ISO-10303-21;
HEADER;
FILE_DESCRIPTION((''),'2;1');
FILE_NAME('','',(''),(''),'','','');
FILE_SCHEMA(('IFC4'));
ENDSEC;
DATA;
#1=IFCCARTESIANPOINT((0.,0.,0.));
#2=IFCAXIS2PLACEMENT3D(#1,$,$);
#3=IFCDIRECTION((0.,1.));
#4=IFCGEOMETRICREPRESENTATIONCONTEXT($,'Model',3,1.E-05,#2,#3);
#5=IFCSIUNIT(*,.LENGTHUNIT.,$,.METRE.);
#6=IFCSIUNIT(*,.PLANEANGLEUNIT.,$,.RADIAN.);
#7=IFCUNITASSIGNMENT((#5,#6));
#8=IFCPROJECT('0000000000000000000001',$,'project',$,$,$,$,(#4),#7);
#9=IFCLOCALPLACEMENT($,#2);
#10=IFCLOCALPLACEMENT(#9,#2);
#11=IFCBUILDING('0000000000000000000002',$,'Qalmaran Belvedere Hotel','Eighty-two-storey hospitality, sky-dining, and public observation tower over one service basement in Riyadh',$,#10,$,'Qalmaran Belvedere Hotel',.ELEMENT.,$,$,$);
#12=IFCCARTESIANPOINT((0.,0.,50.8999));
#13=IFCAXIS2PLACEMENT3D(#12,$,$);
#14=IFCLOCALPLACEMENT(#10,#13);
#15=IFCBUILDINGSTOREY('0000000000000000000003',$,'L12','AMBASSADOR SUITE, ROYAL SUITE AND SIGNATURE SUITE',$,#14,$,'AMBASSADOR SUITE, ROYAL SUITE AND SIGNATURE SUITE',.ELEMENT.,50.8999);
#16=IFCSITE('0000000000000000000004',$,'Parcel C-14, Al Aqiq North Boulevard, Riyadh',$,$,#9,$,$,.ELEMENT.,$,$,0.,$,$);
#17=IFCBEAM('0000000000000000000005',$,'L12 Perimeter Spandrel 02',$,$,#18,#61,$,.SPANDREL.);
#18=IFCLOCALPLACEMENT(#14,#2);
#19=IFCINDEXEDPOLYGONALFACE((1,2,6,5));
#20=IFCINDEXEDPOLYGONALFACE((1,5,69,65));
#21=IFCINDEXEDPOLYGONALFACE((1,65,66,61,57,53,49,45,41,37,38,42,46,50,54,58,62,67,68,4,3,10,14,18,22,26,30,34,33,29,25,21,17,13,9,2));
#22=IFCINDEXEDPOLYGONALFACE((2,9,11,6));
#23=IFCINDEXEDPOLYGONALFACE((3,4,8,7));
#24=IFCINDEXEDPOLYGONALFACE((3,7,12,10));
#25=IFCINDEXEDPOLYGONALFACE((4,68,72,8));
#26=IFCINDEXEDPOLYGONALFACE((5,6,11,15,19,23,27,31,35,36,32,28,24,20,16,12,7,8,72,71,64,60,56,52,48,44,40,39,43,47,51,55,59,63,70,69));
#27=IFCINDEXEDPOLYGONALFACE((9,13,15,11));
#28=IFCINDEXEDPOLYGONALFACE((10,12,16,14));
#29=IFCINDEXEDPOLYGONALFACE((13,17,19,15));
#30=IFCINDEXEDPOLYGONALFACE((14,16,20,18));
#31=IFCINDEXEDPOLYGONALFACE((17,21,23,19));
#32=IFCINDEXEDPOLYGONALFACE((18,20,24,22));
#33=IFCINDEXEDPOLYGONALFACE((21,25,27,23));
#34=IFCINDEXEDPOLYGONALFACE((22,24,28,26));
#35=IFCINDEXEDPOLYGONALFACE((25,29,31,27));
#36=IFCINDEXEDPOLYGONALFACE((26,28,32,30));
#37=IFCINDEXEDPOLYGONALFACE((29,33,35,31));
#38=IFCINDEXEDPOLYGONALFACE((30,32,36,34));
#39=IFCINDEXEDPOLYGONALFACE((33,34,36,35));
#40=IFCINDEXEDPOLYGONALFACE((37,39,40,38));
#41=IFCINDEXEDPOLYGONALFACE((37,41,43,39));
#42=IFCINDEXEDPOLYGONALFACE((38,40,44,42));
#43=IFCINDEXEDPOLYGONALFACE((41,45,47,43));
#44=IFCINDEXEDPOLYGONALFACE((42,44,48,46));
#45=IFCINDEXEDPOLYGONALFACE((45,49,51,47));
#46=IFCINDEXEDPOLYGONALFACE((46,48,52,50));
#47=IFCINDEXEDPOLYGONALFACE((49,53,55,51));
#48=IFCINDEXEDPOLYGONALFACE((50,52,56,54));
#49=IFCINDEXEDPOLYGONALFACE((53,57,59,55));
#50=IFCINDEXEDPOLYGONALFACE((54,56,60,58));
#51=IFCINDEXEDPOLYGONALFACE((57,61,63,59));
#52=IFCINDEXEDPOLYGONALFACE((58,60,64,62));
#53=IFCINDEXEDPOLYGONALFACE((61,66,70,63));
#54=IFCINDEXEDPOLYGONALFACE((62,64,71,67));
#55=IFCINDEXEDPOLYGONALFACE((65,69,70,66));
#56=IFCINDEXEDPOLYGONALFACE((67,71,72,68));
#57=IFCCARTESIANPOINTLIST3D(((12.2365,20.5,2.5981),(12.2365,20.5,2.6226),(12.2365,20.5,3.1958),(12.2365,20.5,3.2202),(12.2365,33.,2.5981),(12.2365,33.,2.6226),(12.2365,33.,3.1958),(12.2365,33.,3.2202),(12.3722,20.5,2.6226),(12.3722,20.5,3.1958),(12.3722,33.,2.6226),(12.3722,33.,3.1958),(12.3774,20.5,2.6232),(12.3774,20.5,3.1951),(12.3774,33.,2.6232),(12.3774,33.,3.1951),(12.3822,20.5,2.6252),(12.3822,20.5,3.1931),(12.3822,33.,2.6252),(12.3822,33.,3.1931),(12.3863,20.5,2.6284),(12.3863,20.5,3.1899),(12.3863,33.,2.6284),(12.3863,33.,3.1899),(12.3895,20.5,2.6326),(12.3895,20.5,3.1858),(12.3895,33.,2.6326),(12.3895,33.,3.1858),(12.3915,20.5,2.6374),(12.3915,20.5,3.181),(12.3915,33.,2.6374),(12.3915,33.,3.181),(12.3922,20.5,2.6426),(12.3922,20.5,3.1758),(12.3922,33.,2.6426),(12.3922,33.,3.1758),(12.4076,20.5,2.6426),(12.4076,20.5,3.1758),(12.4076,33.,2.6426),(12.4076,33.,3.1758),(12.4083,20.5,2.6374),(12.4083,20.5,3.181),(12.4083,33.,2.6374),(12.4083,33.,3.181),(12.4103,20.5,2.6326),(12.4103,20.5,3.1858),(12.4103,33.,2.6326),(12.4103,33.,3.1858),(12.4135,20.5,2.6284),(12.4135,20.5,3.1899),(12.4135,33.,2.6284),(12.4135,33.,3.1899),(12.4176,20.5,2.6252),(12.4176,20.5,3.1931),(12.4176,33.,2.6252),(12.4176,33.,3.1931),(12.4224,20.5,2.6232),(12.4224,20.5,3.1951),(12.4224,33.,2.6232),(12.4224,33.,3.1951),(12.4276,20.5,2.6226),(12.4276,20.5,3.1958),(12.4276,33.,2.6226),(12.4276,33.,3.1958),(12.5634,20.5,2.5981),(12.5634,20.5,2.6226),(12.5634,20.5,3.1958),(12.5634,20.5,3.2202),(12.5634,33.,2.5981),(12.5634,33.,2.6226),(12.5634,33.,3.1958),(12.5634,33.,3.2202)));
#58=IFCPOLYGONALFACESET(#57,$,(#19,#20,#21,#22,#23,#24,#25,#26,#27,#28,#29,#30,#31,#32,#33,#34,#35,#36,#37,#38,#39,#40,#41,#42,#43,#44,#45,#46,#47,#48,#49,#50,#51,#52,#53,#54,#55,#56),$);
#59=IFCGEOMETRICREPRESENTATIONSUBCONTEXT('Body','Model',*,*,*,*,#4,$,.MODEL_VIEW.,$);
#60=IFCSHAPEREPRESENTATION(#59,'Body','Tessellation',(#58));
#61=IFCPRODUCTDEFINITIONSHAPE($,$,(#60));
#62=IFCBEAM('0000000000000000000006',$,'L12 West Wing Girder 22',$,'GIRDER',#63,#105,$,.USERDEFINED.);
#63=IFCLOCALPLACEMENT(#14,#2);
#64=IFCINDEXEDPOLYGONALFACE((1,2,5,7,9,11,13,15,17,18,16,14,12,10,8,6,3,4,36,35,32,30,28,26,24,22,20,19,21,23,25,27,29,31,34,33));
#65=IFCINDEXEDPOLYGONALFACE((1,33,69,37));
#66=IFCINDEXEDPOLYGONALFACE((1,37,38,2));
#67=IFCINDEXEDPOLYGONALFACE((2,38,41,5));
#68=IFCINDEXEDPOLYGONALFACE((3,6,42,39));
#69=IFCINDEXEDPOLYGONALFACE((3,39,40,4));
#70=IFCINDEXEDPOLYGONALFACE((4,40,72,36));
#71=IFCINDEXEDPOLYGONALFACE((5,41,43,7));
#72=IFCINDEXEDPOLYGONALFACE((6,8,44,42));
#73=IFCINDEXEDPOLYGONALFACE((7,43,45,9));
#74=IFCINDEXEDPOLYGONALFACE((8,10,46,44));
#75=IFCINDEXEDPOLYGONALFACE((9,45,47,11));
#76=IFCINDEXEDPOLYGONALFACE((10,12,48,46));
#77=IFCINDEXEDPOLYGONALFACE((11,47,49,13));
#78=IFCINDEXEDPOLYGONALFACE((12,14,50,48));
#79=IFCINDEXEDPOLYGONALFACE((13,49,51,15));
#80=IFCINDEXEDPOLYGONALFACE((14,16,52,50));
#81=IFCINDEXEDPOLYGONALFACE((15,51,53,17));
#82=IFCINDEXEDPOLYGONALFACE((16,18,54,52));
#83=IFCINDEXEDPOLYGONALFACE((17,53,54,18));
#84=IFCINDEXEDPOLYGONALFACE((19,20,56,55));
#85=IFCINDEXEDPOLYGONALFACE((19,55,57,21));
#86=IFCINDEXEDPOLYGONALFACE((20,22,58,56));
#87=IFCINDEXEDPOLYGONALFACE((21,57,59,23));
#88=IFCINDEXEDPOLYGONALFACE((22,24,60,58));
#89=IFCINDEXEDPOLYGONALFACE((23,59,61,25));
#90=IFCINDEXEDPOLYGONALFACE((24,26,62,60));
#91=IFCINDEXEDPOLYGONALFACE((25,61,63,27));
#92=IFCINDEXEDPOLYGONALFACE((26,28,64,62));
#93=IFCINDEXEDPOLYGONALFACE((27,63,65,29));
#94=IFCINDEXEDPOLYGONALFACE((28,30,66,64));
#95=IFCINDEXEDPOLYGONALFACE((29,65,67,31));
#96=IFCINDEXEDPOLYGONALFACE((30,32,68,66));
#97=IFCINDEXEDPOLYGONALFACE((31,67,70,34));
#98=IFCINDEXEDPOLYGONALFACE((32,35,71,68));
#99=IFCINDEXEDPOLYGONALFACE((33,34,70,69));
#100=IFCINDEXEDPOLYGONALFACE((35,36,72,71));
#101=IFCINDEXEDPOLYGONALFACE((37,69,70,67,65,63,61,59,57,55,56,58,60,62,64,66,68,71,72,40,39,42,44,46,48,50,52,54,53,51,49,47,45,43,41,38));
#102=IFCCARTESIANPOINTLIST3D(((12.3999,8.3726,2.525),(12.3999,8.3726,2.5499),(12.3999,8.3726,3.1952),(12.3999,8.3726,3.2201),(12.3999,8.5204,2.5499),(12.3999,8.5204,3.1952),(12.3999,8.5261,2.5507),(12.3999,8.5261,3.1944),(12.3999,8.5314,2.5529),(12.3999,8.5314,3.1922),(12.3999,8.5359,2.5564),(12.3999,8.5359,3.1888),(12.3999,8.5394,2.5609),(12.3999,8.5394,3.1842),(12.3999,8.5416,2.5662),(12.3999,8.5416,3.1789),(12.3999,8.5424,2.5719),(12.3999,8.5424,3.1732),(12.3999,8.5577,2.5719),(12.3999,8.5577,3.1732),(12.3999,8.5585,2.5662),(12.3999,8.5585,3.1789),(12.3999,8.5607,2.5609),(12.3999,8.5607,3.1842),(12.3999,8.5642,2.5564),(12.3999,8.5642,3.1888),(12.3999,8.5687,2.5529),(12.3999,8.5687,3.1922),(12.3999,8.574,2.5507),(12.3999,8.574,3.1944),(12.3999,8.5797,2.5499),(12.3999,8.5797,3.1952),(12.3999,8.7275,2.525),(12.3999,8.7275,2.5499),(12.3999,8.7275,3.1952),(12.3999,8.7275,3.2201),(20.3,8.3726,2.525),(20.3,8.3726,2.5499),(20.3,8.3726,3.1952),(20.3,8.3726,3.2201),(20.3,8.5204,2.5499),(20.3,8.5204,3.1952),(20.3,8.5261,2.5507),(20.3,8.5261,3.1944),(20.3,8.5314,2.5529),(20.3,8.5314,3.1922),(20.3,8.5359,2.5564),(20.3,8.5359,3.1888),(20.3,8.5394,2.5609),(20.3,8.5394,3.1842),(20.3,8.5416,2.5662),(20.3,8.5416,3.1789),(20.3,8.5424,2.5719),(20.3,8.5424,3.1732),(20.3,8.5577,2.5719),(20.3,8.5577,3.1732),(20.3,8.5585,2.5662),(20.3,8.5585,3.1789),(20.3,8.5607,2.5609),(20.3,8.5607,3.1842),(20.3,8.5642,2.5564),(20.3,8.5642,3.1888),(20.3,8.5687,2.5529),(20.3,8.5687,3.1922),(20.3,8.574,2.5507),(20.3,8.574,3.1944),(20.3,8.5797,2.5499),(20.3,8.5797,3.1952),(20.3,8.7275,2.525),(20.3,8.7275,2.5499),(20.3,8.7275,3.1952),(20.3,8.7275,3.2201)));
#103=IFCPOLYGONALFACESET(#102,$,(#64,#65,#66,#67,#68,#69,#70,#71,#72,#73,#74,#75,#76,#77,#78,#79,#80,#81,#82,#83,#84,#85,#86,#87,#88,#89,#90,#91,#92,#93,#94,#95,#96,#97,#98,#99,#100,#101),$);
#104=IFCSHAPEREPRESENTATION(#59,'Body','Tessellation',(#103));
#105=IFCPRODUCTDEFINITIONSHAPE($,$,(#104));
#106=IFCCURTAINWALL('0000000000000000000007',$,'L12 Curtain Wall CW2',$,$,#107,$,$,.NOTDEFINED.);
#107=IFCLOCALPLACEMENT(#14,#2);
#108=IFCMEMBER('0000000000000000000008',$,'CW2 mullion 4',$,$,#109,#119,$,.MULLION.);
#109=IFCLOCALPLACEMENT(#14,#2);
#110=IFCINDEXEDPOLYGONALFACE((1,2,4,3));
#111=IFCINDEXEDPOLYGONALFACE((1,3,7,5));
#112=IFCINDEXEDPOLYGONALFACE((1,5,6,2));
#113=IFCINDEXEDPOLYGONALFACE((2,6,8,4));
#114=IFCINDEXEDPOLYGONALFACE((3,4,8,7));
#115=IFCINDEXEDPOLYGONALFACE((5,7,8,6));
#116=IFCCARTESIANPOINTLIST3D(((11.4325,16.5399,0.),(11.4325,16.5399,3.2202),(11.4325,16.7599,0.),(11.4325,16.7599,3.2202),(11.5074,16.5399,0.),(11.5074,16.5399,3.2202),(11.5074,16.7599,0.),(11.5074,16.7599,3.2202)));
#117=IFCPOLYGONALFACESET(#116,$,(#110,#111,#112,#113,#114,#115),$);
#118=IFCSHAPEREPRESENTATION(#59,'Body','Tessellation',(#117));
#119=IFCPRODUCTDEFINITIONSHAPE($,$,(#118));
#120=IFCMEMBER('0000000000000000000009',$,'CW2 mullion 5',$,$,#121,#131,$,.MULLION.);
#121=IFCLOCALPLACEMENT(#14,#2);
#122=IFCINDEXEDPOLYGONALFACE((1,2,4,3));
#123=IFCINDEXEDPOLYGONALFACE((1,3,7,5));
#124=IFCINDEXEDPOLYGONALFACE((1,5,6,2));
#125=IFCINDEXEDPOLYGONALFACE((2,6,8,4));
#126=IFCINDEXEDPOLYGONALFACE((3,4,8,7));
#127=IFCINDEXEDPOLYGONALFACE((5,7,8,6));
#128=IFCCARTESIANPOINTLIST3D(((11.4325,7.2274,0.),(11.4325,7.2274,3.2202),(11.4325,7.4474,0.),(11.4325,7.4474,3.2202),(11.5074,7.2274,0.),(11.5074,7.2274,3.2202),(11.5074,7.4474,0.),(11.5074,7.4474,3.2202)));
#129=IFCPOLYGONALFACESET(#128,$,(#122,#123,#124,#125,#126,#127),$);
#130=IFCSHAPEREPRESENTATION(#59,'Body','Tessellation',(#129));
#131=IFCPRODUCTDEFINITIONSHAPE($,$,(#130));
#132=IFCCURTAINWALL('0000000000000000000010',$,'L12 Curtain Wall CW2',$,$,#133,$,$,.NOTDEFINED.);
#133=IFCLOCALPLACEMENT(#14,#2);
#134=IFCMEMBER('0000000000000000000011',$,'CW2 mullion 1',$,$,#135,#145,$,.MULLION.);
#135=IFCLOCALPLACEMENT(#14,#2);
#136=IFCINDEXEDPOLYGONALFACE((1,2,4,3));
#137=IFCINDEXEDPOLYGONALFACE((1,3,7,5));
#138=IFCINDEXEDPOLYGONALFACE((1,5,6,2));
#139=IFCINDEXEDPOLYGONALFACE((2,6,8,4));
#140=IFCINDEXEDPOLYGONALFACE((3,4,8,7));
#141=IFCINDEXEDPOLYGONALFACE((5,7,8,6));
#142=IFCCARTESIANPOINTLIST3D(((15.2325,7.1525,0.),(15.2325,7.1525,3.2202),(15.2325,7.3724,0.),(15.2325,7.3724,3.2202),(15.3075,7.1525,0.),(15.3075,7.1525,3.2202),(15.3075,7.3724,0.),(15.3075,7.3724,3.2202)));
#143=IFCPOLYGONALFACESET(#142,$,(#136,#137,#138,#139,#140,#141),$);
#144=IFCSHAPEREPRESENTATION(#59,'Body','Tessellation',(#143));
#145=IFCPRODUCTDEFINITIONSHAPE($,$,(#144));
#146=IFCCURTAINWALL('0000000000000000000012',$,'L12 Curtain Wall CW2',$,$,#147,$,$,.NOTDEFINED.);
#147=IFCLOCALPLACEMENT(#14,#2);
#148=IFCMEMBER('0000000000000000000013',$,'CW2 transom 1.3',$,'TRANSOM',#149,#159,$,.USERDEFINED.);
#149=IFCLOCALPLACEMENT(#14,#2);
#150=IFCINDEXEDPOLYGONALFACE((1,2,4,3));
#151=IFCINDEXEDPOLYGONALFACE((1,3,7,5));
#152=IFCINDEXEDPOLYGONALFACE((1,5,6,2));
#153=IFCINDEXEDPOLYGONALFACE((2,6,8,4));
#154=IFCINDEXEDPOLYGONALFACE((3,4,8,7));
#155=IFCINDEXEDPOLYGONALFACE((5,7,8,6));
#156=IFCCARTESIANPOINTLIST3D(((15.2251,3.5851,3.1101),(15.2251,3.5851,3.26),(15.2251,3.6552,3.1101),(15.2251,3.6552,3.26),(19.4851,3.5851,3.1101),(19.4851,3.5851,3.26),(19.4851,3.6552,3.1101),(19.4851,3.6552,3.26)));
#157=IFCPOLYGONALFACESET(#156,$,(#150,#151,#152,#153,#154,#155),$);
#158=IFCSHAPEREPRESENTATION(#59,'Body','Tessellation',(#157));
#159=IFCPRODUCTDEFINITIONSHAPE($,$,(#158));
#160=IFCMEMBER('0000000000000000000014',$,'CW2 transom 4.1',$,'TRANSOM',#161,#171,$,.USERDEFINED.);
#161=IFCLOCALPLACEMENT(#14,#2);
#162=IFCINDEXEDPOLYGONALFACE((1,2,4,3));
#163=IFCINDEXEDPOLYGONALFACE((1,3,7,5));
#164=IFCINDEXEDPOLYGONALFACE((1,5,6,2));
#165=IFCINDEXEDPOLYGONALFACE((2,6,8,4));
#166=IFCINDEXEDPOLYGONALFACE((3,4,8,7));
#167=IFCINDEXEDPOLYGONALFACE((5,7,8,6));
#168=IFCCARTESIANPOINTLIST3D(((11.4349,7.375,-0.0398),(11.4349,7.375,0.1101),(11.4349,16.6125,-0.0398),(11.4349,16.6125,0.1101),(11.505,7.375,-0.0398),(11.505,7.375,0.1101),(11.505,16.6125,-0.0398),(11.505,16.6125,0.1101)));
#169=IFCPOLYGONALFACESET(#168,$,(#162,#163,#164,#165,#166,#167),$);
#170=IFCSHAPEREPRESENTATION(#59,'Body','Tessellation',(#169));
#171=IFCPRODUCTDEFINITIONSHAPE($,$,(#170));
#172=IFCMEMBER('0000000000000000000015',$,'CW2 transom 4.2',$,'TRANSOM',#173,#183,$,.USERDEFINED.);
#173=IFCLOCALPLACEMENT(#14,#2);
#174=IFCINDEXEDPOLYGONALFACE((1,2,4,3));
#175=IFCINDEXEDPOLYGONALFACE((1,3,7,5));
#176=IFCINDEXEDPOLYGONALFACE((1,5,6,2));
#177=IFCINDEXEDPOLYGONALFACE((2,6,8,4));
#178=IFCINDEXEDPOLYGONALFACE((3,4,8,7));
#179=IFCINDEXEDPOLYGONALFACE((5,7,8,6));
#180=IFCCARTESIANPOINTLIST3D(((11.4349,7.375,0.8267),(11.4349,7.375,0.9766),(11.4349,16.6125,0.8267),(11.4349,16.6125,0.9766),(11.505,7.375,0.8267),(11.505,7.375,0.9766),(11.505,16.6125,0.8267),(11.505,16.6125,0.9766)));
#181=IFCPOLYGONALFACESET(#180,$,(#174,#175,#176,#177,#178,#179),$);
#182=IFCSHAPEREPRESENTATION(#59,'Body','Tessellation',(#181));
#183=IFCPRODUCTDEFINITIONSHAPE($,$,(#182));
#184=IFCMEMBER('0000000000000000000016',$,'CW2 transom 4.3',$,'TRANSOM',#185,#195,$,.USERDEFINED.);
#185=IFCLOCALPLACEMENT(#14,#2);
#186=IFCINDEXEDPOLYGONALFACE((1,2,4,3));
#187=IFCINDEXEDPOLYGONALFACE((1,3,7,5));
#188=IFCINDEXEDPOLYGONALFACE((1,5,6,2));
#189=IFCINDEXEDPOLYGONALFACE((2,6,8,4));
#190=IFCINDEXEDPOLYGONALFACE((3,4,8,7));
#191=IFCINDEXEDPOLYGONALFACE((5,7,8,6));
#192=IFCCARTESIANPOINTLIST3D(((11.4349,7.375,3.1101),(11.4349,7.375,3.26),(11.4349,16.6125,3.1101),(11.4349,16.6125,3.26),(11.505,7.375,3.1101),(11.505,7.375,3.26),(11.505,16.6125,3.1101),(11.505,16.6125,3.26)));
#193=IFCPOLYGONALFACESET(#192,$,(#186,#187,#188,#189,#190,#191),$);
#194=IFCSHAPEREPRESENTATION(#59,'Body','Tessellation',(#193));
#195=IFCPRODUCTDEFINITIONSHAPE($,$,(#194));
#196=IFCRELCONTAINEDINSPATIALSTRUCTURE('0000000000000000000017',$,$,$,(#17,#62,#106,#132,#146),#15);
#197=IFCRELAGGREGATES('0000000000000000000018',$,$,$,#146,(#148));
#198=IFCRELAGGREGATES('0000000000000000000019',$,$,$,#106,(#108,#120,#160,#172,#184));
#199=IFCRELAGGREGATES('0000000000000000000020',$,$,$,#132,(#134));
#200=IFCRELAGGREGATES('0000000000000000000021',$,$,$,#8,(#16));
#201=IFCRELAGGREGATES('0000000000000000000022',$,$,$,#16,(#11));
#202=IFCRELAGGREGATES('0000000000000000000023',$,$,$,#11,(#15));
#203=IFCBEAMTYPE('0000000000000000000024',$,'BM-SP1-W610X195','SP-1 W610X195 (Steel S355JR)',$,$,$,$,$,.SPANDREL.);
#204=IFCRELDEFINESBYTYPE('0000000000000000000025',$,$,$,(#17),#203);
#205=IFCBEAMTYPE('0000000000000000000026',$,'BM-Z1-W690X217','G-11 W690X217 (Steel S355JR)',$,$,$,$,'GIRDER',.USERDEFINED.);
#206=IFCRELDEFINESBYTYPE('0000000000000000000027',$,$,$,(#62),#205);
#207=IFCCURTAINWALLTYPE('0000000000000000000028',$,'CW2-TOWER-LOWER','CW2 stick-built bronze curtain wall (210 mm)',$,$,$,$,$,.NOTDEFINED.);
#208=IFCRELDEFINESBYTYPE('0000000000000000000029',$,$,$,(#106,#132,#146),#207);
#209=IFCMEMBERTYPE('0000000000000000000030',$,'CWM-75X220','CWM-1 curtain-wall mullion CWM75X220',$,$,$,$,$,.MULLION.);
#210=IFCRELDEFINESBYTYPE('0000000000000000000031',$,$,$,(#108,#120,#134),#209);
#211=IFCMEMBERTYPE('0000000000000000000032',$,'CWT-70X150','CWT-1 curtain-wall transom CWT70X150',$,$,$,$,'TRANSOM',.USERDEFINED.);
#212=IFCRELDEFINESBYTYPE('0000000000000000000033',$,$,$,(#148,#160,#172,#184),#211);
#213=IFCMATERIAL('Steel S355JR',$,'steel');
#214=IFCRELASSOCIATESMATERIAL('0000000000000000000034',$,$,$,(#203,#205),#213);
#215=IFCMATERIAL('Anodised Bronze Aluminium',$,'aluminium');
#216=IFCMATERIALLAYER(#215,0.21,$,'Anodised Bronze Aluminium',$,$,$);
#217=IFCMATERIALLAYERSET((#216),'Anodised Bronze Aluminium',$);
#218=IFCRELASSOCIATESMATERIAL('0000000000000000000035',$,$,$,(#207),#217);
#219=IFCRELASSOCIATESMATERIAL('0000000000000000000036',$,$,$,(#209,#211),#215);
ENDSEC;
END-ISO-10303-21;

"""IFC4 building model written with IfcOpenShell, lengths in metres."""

from ifc_helpers import new_model, si_unit, direction, frame, origin, origin_2d, place, context, subcontext, project, spatial, rectangle, i_section, extrude, material, layer, layer_set, material_profile, profile_set, type_object, element, aggregate, save


model = new_model("IFC4")

# Units and contexts
model_context = context("Model", 3, precision=1e-05, world=origin(), true_north=direction((0.0, 1.0)))
body_context = subcontext(model_context, "Body", "Model", "MODEL_VIEW")
ifc_project = project(units=[si_unit("LENGTHUNIT", "METRE"), si_unit("PLANEANGLEUNIT", "RADIAN")], contexts=[model_context])

# Site, building, storey
site_placement = place(None, origin())
site = spatial("IfcSite", under=ifc_project, at=site_placement, Name="Parcel C-14, Al Aqiq North Boulevard, Riyadh", CompositionType="ELEMENT", RefElevation=0.0)
building_placement = place(site_placement, origin())
building = spatial("IfcBuilding", under=site, at=building_placement, Name="Qalmaran Belvedere Hotel", Description="Eighty-two-storey hospitality, sky-dining, and public observation tower over one service basement in Riyadh", LongName="Qalmaran Belvedere Hotel", CompositionType="ELEMENT")
storey_placement = place(building_placement, frame((0.0, 0.0, 50.8999)))
storey = spatial("IfcBuildingStorey", under=building, at=storey_placement, Name="L12", Description="AMBASSADOR SUITE, ROYAL SUITE AND SIGNATURE SUITE", LongName="AMBASSADOR SUITE, ROYAL SUITE AND SIGNATURE SUITE", CompositionType="ELEMENT", Elevation=50.8999)

# Beams
ifc_material_1 = material(Name="Steel S355JR", Category="steel")
ifc_material_profile_1 = material_profile(ifc_material_1, i_section(OverallWidth=0.3269, OverallDepth=0.6221, WebThickness=0.0154, FlangeThickness=0.0244, FilletRadius=0.02, at=origin_2d()), Name="W610X195")
ifc_profile_set_1 = profile_set([ifc_material_profile_1], Name="Steel S355JR")
beam_type_1 = type_object("IfcBeamType", Name="BM-SP1-W610X195", Description="SP-1 W610X195 (Steel S355JR)", PredefinedType="SPANDREL", material=ifc_profile_set_1)
beam_1_placement = place(storey_placement, frame((12.3999, 20.5, 2.9092), z_axis=(0.0, 1.0, 0.0), x_axis=(-1.0, 0.0, 0.0)))
element("IfcBeam", 1, at=beam_1_placement, inside=storey, type_object=beam_type_1, Name="L12 Perimeter Spandrel 02", PredefinedType="SPANDREL", context=body_context, shape_type="SweptSolid", body=[
    extrude(i_section(OverallWidth=0.3269, OverallDepth=0.6221, WebThickness=0.0154, FlangeThickness=0.0244, FilletRadius=0.02, at=origin_2d()), origin(), (0.0, 0.0, 1.0), 12.5),
])
ifc_material_profile_2 = material_profile(ifc_material_1, i_section(OverallWidth=0.355, OverallDepth=0.6951, WebThickness=0.0154, FlangeThickness=0.0249, FilletRadius=0.022, at=origin_2d()), Name="W690X217")
ifc_profile_set_2 = profile_set([ifc_material_profile_2], Name="Steel S355JR")
beam_type_2 = type_object("IfcBeamType", Name="BM-Z1-W690X217", Description="G-11 W690X217 (Steel S355JR)", ElementType="GIRDER", PredefinedType="USERDEFINED", material=ifc_profile_set_2)
beam_2_placement = place(storey_placement, frame((12.3999, 8.55, 2.8726), z_axis=(1.0, 0.0, 0.0), x_axis=(0.0, 1.0, 0.0)))
element("IfcBeam", 2, at=beam_2_placement, inside=storey, type_object=beam_type_2, Name="L12 West Wing Girder 22", ObjectType="GIRDER", PredefinedType="USERDEFINED", context=body_context, shape_type="SweptSolid", body=[
    extrude(i_section(OverallWidth=0.355, OverallDepth=0.6951, WebThickness=0.0154, FlangeThickness=0.0249, FilletRadius=0.022, at=origin_2d()), origin(), (0.0, 0.0, 1.0), 7.9001),
])

# Curtain wall, members
ifc_material_2 = material(Name="Anodised Bronze Aluminium", Category="aluminium")
ifc_layer_1 = layer(ifc_material_2, 0.21, Name="Anodised Bronze Aluminium")
ifc_layer_set_1 = layer_set([ifc_layer_1], Name="Anodised Bronze Aluminium")
curtain_wall_type = type_object("IfcCurtainWallType", Name="CW2-TOWER-LOWER", Description="CW2 stick-built bronze curtain wall (210 mm)", PredefinedType="NOTDEFINED", material=ifc_layer_set_1)
curtain_wall_1_placement = place(storey_placement, origin())
curtain_wall_1 = element("IfcCurtainWall", 3, at=curtain_wall_1_placement, inside=storey, type_object=curtain_wall_type, Name="L12 Curtain Wall CW2", PredefinedType="NOTDEFINED")
ifc_material_profile_3 = material_profile(ifc_material_2, rectangle(XDim=0.075, YDim=0.22, at=origin_2d()), Name="CWM75X220")
ifc_profile_set_3 = profile_set([ifc_material_profile_3], Name="Anodised Bronze Aluminium")
member_type_1 = type_object("IfcMemberType", Name="CWM-75X220", Description="CWM-1 curtain-wall mullion CWM75X220", PredefinedType="MULLION", material=ifc_profile_set_3)
member_1_placement = place(storey_placement, frame((11.47, 16.6499, 0.0), z_axis=(0.0, 0.0, 1.0), x_axis=(1.0, 0.0, 0.0)))
member_1 = element("IfcMember", 4, at=member_1_placement, type_object=member_type_1, Name="CW2 mullion 4", PredefinedType="MULLION", context=body_context, shape_type="SweptSolid", body=[
    extrude(rectangle(XDim=0.075, YDim=0.22, at=origin_2d()), origin(), (0.0, 0.0, 1.0), 3.2202),
])
member_2_placement = place(storey_placement, frame((11.47, 7.3374, 0.0), z_axis=(0.0, 0.0, 1.0), x_axis=(1.0, 0.0, 0.0)))
member_2 = element("IfcMember", 5, at=member_2_placement, type_object=member_type_1, Name="CW2 mullion 5", PredefinedType="MULLION", context=body_context, shape_type="SweptSolid", body=[
    extrude(rectangle(XDim=0.075, YDim=0.22, at=origin_2d()), origin(), (0.0, 0.0, 1.0), 3.2202),
])

# Curtain walls, members
curtain_wall_2_placement = place(storey_placement, origin())
curtain_wall_2 = element("IfcCurtainWall", 6, at=curtain_wall_2_placement, inside=storey, type_object=curtain_wall_type, Name="L12 Curtain Wall CW2", PredefinedType="NOTDEFINED")
member_3_placement = place(storey_placement, frame((15.27, 7.2625, 0.0), z_axis=(0.0, 0.0, 1.0), x_axis=(1.0, 0.0, 0.0)))
member_3 = element("IfcMember", 7, at=member_3_placement, type_object=member_type_1, Name="CW2 mullion 1", PredefinedType="MULLION", context=body_context, shape_type="SweptSolid", body=[
    extrude(rectangle(XDim=0.075, YDim=0.22, at=origin_2d()), origin(), (0.0, 0.0, 1.0), 3.2202),
])
curtain_wall_3_placement = place(storey_placement, origin())
curtain_wall_3 = element("IfcCurtainWall", 8, at=curtain_wall_3_placement, inside=storey, type_object=curtain_wall_type, Name="L12 Curtain Wall CW2", PredefinedType="NOTDEFINED")
ifc_material_profile_4 = material_profile(ifc_material_2, rectangle(XDim=0.0701, YDim=0.1499, at=origin_2d()), Name="CWT70X150")
ifc_profile_set_4 = profile_set([ifc_material_profile_4], Name="Anodised Bronze Aluminium")
member_type_2 = type_object("IfcMemberType", Name="CWT-70X150", Description="CWT-1 curtain-wall transom CWT70X150", ElementType="TRANSOM", PredefinedType="USERDEFINED", material=ifc_profile_set_4)
member_4_placement = place(storey_placement, frame((15.2251, 3.6201, 3.1851), z_axis=(1.0, 0.0, 0.0), x_axis=(0.0, 1.0, 0.0)))
member_4 = element("IfcMember", 9, at=member_4_placement, type_object=member_type_2, Name="CW2 transom 1.3", ObjectType="TRANSOM", PredefinedType="USERDEFINED", context=body_context, shape_type="SweptSolid", body=[
    extrude(rectangle(XDim=0.0701, YDim=0.1499, at=origin_2d()), origin(), (0.0, 0.0, 1.0), 4.26),
])
aggregate(curtain_wall_3, [member_4])

# Members
member_5_placement = place(storey_placement, frame((11.47, 16.6125, 0.0352), z_axis=(0.0, -1.0, 0.0), x_axis=(1.0, 0.0, 0.0)))
member_5 = element("IfcMember", 10, at=member_5_placement, type_object=member_type_2, Name="CW2 transom 4.1", ObjectType="TRANSOM", PredefinedType="USERDEFINED", context=body_context, shape_type="SweptSolid", body=[
    extrude(rectangle(XDim=0.0701, YDim=0.1499, at=origin_2d()), origin(), (0.0, 0.0, 1.0), 9.2375),
])
member_6_placement = place(storey_placement, frame((11.47, 16.6125, 0.9016), z_axis=(0.0, -1.0, 0.0), x_axis=(1.0, 0.0, 0.0)))
member_6 = element("IfcMember", 11, at=member_6_placement, type_object=member_type_2, Name="CW2 transom 4.2", ObjectType="TRANSOM", PredefinedType="USERDEFINED", context=body_context, shape_type="SweptSolid", body=[
    extrude(rectangle(XDim=0.0701, YDim=0.1499, at=origin_2d()), origin(), (0.0, 0.0, 1.0), 9.2375),
])
member_7_placement = place(storey_placement, frame((11.47, 16.6125, 3.1851), z_axis=(0.0, -1.0, 0.0), x_axis=(1.0, 0.0, 0.0)))
member_7 = element("IfcMember", 12, at=member_7_placement, type_object=member_type_2, Name="CW2 transom 4.3", ObjectType="TRANSOM", PredefinedType="USERDEFINED", context=body_context, shape_type="SweptSolid", body=[
    extrude(rectangle(XDim=0.0701, YDim=0.1499, at=origin_2d()), origin(), (0.0, 0.0, 1.0), 9.2375),
])

aggregate(curtain_wall_1, [member_1, member_2, member_5, member_6, member_7])
aggregate(curtain_wall_2, [member_3])

save(model, "model.ifc")
